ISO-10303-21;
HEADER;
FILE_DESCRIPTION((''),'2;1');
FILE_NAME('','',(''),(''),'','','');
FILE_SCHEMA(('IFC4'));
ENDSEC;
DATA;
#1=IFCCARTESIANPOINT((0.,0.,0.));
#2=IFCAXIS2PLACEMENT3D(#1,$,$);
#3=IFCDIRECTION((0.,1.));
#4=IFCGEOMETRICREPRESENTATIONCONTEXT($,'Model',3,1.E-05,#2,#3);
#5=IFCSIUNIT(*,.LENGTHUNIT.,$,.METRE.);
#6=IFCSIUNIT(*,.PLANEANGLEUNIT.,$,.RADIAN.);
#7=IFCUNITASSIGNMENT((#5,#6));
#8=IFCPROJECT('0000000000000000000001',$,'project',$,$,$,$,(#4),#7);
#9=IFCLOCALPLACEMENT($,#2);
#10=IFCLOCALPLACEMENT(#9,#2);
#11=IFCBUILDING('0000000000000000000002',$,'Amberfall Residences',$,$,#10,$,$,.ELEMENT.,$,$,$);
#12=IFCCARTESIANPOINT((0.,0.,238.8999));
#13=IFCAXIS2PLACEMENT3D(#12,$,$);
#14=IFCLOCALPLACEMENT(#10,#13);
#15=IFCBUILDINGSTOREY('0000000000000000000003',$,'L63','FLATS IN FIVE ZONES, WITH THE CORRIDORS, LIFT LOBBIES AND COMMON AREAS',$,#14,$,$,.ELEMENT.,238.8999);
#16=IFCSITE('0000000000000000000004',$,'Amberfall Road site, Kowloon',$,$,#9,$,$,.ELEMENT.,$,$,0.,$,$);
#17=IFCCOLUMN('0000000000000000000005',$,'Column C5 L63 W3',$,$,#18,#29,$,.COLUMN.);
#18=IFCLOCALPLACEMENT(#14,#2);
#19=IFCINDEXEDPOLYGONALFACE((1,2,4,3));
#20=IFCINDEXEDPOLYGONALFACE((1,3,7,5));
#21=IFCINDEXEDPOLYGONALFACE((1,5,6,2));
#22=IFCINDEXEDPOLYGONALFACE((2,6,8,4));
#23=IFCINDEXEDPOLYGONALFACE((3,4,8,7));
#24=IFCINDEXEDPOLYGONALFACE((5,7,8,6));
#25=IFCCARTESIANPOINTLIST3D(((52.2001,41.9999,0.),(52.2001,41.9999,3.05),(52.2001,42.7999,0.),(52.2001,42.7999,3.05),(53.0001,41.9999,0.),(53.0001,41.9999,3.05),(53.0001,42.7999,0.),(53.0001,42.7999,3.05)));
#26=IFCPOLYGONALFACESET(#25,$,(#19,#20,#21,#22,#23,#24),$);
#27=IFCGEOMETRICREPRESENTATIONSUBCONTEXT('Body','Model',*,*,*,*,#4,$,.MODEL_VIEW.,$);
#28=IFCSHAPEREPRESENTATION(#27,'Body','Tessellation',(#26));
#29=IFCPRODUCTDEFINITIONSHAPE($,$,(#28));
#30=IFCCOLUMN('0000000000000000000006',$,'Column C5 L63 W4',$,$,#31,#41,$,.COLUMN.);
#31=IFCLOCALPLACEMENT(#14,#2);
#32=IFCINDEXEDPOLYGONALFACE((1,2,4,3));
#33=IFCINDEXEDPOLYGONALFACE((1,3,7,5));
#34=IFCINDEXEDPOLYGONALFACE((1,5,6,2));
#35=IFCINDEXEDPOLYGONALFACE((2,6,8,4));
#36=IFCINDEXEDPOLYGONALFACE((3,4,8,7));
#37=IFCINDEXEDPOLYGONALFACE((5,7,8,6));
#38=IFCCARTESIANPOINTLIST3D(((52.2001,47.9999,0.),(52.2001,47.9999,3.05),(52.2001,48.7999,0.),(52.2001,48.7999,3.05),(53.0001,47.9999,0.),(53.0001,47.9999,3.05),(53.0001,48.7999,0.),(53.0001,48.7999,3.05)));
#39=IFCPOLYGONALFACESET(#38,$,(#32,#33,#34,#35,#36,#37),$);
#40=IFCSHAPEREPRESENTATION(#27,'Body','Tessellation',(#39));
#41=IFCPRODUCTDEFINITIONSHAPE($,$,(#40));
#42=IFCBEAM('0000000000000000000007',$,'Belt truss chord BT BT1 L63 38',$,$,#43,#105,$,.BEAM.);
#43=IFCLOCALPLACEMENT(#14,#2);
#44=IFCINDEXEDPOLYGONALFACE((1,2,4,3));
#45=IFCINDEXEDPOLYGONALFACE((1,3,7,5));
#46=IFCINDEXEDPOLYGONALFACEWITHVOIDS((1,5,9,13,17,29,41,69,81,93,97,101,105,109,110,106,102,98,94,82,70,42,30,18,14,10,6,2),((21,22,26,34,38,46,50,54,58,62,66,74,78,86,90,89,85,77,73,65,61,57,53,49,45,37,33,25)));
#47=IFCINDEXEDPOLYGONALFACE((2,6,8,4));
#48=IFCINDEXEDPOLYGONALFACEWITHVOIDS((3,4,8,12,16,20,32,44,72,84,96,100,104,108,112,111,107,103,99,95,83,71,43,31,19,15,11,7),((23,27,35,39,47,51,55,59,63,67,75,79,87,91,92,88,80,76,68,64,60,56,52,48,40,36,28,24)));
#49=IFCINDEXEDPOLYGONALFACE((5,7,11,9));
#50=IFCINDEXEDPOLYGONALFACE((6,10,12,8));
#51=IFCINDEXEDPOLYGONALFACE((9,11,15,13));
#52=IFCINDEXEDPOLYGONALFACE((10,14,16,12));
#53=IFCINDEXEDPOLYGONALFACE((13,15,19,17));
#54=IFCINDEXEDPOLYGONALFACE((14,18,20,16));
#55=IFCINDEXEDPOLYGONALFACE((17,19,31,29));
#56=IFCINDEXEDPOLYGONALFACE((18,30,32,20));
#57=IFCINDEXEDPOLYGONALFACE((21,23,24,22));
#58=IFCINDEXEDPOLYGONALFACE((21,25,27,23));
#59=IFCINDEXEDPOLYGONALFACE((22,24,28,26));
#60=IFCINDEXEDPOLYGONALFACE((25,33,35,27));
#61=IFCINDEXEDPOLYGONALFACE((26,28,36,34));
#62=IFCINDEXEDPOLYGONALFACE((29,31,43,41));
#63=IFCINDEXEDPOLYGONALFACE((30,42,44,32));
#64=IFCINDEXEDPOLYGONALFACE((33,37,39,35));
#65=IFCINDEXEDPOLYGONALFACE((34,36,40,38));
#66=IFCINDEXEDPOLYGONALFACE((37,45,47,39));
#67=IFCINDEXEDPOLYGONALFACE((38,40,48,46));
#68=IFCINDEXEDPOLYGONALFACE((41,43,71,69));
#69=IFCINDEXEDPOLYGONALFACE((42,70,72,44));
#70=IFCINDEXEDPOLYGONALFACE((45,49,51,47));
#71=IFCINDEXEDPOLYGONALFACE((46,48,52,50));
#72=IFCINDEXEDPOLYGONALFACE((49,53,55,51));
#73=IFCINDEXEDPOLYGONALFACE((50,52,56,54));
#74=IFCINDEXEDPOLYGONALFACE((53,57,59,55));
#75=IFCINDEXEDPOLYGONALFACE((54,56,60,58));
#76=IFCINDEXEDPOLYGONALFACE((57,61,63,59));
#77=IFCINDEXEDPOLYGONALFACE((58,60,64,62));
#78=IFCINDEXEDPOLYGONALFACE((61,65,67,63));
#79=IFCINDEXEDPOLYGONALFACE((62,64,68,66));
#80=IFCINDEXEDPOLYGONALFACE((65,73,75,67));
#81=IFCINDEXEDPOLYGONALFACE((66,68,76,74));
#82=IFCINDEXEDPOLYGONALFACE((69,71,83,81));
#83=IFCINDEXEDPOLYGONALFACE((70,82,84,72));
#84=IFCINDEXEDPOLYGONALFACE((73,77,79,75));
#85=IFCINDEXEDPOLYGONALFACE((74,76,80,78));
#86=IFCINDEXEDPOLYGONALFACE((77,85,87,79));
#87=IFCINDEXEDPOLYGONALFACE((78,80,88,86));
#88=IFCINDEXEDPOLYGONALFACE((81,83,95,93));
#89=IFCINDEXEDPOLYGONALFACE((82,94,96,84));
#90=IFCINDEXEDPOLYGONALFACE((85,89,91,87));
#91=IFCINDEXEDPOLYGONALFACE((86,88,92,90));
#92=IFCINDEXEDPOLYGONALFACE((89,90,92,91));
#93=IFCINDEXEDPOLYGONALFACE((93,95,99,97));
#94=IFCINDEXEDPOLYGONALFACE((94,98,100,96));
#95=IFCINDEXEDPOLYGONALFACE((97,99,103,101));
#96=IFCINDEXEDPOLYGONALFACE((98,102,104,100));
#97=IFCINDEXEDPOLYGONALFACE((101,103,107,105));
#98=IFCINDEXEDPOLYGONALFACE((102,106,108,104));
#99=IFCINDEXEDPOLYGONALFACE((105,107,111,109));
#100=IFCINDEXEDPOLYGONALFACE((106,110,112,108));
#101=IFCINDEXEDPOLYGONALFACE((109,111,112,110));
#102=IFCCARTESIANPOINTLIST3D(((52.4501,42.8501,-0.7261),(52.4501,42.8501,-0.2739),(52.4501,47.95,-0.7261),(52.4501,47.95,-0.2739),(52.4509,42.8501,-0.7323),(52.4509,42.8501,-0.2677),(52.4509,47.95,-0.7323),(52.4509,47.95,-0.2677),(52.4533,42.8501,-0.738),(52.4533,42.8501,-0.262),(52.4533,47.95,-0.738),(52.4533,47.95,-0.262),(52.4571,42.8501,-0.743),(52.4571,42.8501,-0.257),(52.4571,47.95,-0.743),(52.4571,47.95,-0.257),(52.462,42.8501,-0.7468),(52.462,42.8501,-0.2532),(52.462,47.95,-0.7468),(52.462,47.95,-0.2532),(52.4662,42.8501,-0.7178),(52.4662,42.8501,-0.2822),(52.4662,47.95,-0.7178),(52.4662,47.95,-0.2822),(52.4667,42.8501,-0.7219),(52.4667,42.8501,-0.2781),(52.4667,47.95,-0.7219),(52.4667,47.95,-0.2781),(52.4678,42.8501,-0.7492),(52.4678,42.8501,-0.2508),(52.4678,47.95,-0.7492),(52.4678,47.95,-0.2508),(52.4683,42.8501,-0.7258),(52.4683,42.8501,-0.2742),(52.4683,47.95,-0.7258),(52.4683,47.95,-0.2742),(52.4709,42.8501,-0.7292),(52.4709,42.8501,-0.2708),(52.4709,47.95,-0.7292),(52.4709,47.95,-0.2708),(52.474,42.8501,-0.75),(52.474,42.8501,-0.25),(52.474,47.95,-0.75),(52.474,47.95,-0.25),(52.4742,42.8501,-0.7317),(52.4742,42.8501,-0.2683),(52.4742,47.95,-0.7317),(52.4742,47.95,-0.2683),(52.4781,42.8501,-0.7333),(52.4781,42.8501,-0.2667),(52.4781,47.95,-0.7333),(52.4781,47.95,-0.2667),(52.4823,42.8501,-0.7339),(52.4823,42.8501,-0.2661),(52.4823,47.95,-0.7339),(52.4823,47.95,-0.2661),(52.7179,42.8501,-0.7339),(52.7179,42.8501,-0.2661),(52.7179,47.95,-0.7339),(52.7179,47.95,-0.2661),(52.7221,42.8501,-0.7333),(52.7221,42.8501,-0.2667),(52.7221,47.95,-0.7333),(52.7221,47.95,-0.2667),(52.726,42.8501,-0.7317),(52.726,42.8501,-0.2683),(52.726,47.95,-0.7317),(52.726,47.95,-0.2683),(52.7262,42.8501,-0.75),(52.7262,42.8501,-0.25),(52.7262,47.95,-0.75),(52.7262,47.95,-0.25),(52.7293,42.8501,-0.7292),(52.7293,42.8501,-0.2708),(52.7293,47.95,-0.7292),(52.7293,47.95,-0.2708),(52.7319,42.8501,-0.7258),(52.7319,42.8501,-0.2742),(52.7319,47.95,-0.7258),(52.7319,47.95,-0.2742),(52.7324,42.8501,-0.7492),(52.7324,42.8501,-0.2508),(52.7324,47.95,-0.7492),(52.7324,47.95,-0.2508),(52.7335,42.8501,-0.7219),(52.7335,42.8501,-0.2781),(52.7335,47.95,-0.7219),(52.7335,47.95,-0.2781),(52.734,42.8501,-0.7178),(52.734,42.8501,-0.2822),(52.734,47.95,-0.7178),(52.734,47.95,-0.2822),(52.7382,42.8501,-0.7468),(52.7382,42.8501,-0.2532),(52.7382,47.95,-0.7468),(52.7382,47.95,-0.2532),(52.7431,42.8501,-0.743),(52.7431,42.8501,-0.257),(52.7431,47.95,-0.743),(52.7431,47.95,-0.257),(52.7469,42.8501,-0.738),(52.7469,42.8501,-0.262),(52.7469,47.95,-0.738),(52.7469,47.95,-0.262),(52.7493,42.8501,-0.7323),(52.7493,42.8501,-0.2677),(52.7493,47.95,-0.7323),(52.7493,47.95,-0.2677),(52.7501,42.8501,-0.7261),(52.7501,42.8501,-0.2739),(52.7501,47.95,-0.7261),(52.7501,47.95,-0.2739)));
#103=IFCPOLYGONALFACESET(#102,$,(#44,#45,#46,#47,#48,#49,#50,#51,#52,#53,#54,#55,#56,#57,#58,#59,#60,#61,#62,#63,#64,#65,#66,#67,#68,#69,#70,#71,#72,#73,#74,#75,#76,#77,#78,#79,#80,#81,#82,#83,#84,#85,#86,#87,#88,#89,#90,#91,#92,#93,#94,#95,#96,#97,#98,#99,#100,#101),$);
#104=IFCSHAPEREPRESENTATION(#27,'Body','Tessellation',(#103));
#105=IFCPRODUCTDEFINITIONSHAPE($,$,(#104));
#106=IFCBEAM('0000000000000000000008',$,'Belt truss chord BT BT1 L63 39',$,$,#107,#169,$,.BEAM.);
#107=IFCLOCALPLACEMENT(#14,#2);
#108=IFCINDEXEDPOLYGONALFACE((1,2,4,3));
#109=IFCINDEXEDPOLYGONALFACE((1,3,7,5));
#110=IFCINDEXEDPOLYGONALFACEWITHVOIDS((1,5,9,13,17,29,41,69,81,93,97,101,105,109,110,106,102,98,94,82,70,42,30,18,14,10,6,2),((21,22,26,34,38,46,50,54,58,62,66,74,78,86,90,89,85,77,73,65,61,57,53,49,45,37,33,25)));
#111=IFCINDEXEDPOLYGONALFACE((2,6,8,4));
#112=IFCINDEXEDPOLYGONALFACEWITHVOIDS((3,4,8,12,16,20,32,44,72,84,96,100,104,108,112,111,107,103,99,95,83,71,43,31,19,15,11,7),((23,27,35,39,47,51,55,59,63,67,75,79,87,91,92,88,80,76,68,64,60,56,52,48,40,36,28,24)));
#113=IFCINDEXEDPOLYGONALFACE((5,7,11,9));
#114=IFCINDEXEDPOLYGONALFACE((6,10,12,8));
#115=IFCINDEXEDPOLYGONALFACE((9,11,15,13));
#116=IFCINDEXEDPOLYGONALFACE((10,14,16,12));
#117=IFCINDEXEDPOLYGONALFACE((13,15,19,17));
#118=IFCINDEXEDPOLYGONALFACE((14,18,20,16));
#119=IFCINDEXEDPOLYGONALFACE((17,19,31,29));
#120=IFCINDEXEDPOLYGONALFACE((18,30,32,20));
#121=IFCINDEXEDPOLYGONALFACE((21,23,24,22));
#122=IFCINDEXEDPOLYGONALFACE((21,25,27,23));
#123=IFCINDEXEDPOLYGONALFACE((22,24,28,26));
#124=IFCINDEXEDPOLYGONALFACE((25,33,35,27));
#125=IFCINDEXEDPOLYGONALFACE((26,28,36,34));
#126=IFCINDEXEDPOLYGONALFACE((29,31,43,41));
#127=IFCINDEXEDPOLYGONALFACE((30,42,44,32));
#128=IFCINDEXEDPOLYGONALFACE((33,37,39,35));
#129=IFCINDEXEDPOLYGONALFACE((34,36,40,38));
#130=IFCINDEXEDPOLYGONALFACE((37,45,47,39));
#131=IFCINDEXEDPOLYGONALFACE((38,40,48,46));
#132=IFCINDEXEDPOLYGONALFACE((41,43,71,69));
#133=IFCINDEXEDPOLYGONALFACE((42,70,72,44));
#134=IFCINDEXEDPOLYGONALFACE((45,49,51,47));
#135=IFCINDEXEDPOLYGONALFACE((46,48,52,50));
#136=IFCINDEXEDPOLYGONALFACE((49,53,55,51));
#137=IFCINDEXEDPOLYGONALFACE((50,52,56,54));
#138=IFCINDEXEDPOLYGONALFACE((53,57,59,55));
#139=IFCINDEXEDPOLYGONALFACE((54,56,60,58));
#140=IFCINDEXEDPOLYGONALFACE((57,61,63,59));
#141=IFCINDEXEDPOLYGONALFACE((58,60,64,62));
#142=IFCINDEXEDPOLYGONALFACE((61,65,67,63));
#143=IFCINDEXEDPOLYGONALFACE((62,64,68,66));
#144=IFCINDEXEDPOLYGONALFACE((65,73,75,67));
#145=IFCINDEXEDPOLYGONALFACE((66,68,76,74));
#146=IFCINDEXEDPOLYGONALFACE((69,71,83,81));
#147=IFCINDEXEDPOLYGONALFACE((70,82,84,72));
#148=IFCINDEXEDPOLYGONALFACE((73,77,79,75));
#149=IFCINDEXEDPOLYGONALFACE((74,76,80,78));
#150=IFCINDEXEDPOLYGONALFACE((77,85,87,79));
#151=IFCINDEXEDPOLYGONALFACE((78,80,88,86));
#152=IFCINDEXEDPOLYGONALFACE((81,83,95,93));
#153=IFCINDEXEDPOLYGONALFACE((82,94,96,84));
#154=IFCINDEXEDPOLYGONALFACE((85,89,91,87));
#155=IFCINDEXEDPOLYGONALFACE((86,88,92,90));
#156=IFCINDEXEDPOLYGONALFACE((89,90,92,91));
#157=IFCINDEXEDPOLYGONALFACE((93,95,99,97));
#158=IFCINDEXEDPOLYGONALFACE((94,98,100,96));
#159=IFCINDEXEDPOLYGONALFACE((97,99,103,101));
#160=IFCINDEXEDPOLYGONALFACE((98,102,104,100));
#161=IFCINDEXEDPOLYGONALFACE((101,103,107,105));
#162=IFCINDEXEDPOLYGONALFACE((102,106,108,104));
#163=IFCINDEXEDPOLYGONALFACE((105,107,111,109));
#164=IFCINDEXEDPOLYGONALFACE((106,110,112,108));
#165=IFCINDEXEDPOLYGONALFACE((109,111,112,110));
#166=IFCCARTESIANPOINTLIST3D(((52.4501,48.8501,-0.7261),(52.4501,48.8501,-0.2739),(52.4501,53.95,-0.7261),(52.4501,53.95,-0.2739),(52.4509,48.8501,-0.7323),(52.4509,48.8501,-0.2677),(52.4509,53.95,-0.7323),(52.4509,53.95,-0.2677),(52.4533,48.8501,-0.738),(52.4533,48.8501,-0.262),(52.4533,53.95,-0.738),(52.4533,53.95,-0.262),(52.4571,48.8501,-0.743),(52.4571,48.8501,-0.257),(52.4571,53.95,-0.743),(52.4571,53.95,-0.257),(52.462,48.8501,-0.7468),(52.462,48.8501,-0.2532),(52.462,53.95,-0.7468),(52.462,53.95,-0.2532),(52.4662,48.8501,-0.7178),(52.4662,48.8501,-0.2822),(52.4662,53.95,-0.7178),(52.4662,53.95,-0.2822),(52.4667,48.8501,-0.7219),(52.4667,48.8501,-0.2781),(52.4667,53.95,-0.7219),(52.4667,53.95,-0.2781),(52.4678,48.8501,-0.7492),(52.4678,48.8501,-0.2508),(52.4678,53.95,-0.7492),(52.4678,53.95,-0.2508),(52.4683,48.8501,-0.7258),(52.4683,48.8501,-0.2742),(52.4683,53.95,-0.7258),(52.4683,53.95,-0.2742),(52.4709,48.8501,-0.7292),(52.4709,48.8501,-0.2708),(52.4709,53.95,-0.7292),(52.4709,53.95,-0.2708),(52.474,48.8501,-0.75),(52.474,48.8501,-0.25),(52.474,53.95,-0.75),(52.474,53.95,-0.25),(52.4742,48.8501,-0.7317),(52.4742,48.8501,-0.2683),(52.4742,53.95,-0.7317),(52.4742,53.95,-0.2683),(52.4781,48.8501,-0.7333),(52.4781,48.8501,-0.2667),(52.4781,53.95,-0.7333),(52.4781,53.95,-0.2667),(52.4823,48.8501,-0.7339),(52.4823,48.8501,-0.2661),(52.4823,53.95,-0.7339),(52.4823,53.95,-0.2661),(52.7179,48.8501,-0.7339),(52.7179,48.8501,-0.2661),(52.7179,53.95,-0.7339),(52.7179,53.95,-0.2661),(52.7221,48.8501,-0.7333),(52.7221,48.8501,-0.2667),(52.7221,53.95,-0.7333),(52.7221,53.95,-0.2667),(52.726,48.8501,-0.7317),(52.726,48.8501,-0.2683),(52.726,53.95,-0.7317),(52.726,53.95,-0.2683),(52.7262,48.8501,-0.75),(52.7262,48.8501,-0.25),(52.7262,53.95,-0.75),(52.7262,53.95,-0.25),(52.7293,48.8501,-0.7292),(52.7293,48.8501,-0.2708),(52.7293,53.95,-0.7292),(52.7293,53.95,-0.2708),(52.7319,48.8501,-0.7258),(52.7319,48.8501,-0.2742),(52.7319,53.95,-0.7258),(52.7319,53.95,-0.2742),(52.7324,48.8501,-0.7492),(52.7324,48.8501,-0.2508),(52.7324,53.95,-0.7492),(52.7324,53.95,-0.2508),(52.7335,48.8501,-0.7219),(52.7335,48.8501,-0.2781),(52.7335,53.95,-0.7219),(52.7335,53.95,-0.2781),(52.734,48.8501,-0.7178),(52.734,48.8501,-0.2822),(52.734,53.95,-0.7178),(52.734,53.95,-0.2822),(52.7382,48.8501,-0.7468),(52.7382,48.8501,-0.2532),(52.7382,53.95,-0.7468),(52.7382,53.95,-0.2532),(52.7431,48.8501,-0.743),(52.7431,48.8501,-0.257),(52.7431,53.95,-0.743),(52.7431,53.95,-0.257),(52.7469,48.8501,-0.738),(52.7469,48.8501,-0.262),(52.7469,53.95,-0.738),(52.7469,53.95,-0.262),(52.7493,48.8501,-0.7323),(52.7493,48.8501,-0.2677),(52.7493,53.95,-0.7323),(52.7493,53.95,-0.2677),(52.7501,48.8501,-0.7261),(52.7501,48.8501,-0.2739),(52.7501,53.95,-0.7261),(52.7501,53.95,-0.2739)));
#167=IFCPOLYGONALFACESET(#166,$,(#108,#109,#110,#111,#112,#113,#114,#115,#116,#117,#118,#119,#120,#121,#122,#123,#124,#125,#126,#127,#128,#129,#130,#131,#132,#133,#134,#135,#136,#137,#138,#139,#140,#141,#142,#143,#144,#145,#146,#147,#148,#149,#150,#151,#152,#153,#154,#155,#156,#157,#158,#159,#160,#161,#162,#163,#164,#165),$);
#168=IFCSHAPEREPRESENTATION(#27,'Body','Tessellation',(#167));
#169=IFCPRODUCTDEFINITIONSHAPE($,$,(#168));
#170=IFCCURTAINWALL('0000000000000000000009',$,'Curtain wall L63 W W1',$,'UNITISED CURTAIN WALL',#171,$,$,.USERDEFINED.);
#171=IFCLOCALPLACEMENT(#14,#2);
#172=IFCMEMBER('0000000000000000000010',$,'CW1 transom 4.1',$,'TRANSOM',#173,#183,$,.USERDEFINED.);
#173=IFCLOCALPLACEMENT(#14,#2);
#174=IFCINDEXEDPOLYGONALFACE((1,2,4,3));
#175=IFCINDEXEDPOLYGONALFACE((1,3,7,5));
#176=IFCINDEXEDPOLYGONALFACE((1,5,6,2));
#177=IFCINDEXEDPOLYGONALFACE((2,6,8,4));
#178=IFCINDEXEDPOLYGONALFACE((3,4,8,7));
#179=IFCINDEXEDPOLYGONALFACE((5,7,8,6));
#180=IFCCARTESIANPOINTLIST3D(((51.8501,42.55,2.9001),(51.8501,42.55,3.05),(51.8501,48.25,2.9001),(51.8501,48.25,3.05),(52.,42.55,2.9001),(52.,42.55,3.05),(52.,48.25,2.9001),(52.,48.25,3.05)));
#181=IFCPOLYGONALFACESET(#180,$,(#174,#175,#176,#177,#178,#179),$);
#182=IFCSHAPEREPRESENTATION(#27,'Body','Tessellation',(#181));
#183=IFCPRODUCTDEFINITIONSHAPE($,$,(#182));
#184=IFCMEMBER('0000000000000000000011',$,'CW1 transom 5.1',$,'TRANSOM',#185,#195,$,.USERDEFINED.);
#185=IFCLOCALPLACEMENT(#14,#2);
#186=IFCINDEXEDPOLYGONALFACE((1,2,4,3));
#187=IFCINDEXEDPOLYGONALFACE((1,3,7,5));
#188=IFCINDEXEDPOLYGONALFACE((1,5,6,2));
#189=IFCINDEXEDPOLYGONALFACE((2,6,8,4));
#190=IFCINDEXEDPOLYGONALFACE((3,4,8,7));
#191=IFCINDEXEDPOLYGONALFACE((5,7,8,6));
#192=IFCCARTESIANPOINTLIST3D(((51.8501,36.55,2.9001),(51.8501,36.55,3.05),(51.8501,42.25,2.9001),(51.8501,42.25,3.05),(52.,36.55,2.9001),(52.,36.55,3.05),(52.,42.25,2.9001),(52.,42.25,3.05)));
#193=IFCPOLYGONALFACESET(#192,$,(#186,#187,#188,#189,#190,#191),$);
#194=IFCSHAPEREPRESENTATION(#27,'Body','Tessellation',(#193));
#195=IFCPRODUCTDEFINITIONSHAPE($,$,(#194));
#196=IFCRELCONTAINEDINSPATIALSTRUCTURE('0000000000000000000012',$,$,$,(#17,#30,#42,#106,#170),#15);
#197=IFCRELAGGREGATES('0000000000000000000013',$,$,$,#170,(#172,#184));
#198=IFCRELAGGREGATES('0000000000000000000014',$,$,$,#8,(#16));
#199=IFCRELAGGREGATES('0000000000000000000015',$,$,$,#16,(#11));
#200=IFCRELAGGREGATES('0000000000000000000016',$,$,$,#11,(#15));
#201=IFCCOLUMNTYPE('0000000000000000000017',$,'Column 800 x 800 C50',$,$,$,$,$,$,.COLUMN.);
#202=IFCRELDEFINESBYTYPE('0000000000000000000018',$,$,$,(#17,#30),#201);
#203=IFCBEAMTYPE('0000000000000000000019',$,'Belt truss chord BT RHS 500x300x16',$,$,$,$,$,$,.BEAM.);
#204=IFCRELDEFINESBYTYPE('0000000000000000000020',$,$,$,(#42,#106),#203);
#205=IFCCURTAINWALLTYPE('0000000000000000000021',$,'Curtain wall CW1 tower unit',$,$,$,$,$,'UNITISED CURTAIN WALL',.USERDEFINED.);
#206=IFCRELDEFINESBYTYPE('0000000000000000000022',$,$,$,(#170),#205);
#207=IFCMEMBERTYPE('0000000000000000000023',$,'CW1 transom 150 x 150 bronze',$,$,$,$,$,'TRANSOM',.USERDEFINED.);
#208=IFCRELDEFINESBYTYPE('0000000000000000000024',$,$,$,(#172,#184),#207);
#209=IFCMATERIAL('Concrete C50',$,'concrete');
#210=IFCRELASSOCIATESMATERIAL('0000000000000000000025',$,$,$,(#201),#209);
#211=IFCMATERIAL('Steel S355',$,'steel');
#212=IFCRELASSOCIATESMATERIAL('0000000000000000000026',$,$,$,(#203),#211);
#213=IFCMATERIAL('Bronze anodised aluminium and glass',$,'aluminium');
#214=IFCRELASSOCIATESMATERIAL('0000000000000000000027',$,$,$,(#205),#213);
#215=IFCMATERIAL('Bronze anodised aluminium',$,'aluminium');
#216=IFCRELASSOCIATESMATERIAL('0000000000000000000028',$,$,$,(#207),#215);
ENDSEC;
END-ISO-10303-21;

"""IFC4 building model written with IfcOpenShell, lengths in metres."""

from ifc_helpers import new_model, si_unit, direction, frame, origin, origin_2d, place, context, subcontext, project, spatial, rectangle, hollow_rectangle, extrude, material, material_profile, profile_set, type_object, element, aggregate, save


model = new_model("IFC4")

# Units and contexts
model_context = context("Model", 3, precision=1e-05, world=origin(), true_north=direction((0.0, 1.0)))
body_context = subcontext(model_context, "Body", "Model", "MODEL_VIEW")
ifc_project = project(units=[si_unit("LENGTHUNIT", "METRE"), si_unit("PLANEANGLEUNIT", "RADIAN")], contexts=[model_context])

# Site, building, storey
site_placement = place(None, origin())
site = spatial("IfcSite", under=ifc_project, at=site_placement, Name="Amberfall Road site, Kowloon", CompositionType="ELEMENT", RefElevation=0.0)
building_placement = place(site_placement, origin())
building = spatial("IfcBuilding", under=site, at=building_placement, Name="Amberfall Residences", CompositionType="ELEMENT")
storey_placement = place(building_placement, frame((0.0, 0.0, 238.8999)))
storey = spatial("IfcBuildingStorey", under=building, at=storey_placement, Name="L63", Description="FLATS IN FIVE ZONES, WITH THE CORRIDORS, LIFT LOBBIES AND COMMON AREAS", CompositionType="ELEMENT", Elevation=238.8999)

# Columns
ifc_material_1 = material(Name="Concrete C50", Category="concrete")
ifc_material_profile_1 = material_profile(ifc_material_1, rectangle(XDim=0.8, YDim=0.8, at=origin_2d()), Name="Column 800 x 800 C50")
ifc_profile_set_1 = profile_set([ifc_material_profile_1], Name="Concrete C50")
column_type = type_object("IfcColumnType", Name="Column 800 x 800 C50", PredefinedType="COLUMN", material=ifc_profile_set_1)
for number, where, z_axis, x_axis, name in (
    (1, (52.6001, 42.3999, 0.0), (0.0, 0.0, 1.0), (1.0, 0.0, 0.0), "Column C5 L63 W3"),
    (2, (52.6001, 48.3999, 0.0), (0.0, 0.0, 1.0), (1.0, 0.0, 0.0), "Column C5 L63 W4"),
):
    element("IfcColumn", number, at=place(storey_placement, frame(where, z_axis=z_axis, x_axis=x_axis)), inside=storey, type_object=column_type, Name=name, PredefinedType="COLUMN", context=body_context, shape_type="SweptSolid", body=[
        extrude(rectangle(XDim=0.8, YDim=0.8, at=origin_2d()), origin(), (0.0, 0.0, 1.0), 3.05),
    ])

# Beams
ifc_material_2 = material(Name="Steel S355", Category="steel")
ifc_material_profile_2 = material_profile(ifc_material_2, hollow_rectangle(XDim=0.3, YDim=0.5, WallThickness=0.0161, InnerFilletRadius=0.0161, OuterFilletRadius=0.0239, at=origin_2d()), Name="RHS 500x300x16")
ifc_profile_set_2 = profile_set([ifc_material_profile_2], Name="Steel S355")
beam_type_1 = type_object("IfcBeamType", Name="Belt truss chord BT RHS 500x300x16", PredefinedType="BEAM", material=ifc_profile_set_2)
for number, where, z_axis, x_axis, name in (
    (3, (52.6001, 42.8501, -0.5), (0.0, 1.0, 0.0), (-1.0, 0.0, 0.0), "Belt truss chord BT BT1 L63 38"),
    (4, (52.6001, 48.8501, -0.5), (0.0, 1.0, 0.0), (-1.0, 0.0, 0.0), "Belt truss chord BT BT1 L63 39"),
):
    element("IfcBeam", number, at=place(storey_placement, frame(where, z_axis=z_axis, x_axis=x_axis)), inside=storey, type_object=beam_type_1, Name=name, PredefinedType="BEAM", context=body_context, shape_type="SweptSolid", body=[
        extrude(hollow_rectangle(XDim=0.3, YDim=0.5, WallThickness=0.0161, InnerFilletRadius=0.0161, OuterFilletRadius=0.0239, at=origin_2d()), origin(), (0.0, 0.0, 1.0), 5.0999),
    ])

# Curtain wall, members
ifc_material_3 = material(Name="Bronze anodised aluminium and glass", Category="aluminium")
curtain_wall_type = type_object("IfcCurtainWallType", Name="Curtain wall CW1 tower unit", ElementType="UNITISED CURTAIN WALL", PredefinedType="USERDEFINED", material=ifc_material_3)
curtain_wall_placement = place(storey_placement, origin())
curtain_wall = element("IfcCurtainWall", 5, at=curtain_wall_placement, inside=storey, type_object=curtain_wall_type, Name="Curtain wall L63 W W1", ObjectType="UNITISED CURTAIN WALL", PredefinedType="USERDEFINED")
ifc_material_4 = material(Name="Bronze anodised aluminium", Category="aluminium")
ifc_material_profile_3 = material_profile(ifc_material_4, rectangle(XDim=0.1499, YDim=0.1499, at=origin_2d()), Name="CW1 transom 150 x 150 bronze")
ifc_profile_set_3 = profile_set([ifc_material_profile_3], Name="Bronze anodised aluminium")
member_type_1 = type_object("IfcMemberType", Name="CW1 transom 150 x 150 bronze", ElementType="TRANSOM", PredefinedType="USERDEFINED", material=ifc_profile_set_3)
member_1_placement = place(storey_placement, frame((51.925, 48.25, 2.9751), z_axis=(0.0, -1.0, 0.0), x_axis=(1.0, 0.0, 0.0)))
member_1 = element("IfcMember", 6, at=member_1_placement, type_object=member_type_1, Name="CW1 transom 4.1", ObjectType="TRANSOM", PredefinedType="USERDEFINED", context=body_context, shape_type="SweptSolid", body=[
    extrude(rectangle(XDim=0.1499, YDim=0.1499, at=origin_2d()), origin(), (0.0, 0.0, 1.0), 5.7),
])
member_2_placement = place(storey_placement, frame((51.925, 42.25, 2.9751), z_axis=(0.0, -1.0, 0.0), x_axis=(1.0, 0.0, 0.0)))
member_2 = element("IfcMember", 7, at=member_2_placement, type_object=member_type_1, Name="CW1 transom 5.1", ObjectType="TRANSOM", PredefinedType="USERDEFINED", context=body_context, shape_type="SweptSolid", body=[
    extrude(rectangle(XDim=0.1499, YDim=0.1499, at=origin_2d()), origin(), (0.0, 0.0, 1.0), 5.7),
])

aggregate(curtain_wall, [member_1, member_2])

save(model, "model.ifc")
